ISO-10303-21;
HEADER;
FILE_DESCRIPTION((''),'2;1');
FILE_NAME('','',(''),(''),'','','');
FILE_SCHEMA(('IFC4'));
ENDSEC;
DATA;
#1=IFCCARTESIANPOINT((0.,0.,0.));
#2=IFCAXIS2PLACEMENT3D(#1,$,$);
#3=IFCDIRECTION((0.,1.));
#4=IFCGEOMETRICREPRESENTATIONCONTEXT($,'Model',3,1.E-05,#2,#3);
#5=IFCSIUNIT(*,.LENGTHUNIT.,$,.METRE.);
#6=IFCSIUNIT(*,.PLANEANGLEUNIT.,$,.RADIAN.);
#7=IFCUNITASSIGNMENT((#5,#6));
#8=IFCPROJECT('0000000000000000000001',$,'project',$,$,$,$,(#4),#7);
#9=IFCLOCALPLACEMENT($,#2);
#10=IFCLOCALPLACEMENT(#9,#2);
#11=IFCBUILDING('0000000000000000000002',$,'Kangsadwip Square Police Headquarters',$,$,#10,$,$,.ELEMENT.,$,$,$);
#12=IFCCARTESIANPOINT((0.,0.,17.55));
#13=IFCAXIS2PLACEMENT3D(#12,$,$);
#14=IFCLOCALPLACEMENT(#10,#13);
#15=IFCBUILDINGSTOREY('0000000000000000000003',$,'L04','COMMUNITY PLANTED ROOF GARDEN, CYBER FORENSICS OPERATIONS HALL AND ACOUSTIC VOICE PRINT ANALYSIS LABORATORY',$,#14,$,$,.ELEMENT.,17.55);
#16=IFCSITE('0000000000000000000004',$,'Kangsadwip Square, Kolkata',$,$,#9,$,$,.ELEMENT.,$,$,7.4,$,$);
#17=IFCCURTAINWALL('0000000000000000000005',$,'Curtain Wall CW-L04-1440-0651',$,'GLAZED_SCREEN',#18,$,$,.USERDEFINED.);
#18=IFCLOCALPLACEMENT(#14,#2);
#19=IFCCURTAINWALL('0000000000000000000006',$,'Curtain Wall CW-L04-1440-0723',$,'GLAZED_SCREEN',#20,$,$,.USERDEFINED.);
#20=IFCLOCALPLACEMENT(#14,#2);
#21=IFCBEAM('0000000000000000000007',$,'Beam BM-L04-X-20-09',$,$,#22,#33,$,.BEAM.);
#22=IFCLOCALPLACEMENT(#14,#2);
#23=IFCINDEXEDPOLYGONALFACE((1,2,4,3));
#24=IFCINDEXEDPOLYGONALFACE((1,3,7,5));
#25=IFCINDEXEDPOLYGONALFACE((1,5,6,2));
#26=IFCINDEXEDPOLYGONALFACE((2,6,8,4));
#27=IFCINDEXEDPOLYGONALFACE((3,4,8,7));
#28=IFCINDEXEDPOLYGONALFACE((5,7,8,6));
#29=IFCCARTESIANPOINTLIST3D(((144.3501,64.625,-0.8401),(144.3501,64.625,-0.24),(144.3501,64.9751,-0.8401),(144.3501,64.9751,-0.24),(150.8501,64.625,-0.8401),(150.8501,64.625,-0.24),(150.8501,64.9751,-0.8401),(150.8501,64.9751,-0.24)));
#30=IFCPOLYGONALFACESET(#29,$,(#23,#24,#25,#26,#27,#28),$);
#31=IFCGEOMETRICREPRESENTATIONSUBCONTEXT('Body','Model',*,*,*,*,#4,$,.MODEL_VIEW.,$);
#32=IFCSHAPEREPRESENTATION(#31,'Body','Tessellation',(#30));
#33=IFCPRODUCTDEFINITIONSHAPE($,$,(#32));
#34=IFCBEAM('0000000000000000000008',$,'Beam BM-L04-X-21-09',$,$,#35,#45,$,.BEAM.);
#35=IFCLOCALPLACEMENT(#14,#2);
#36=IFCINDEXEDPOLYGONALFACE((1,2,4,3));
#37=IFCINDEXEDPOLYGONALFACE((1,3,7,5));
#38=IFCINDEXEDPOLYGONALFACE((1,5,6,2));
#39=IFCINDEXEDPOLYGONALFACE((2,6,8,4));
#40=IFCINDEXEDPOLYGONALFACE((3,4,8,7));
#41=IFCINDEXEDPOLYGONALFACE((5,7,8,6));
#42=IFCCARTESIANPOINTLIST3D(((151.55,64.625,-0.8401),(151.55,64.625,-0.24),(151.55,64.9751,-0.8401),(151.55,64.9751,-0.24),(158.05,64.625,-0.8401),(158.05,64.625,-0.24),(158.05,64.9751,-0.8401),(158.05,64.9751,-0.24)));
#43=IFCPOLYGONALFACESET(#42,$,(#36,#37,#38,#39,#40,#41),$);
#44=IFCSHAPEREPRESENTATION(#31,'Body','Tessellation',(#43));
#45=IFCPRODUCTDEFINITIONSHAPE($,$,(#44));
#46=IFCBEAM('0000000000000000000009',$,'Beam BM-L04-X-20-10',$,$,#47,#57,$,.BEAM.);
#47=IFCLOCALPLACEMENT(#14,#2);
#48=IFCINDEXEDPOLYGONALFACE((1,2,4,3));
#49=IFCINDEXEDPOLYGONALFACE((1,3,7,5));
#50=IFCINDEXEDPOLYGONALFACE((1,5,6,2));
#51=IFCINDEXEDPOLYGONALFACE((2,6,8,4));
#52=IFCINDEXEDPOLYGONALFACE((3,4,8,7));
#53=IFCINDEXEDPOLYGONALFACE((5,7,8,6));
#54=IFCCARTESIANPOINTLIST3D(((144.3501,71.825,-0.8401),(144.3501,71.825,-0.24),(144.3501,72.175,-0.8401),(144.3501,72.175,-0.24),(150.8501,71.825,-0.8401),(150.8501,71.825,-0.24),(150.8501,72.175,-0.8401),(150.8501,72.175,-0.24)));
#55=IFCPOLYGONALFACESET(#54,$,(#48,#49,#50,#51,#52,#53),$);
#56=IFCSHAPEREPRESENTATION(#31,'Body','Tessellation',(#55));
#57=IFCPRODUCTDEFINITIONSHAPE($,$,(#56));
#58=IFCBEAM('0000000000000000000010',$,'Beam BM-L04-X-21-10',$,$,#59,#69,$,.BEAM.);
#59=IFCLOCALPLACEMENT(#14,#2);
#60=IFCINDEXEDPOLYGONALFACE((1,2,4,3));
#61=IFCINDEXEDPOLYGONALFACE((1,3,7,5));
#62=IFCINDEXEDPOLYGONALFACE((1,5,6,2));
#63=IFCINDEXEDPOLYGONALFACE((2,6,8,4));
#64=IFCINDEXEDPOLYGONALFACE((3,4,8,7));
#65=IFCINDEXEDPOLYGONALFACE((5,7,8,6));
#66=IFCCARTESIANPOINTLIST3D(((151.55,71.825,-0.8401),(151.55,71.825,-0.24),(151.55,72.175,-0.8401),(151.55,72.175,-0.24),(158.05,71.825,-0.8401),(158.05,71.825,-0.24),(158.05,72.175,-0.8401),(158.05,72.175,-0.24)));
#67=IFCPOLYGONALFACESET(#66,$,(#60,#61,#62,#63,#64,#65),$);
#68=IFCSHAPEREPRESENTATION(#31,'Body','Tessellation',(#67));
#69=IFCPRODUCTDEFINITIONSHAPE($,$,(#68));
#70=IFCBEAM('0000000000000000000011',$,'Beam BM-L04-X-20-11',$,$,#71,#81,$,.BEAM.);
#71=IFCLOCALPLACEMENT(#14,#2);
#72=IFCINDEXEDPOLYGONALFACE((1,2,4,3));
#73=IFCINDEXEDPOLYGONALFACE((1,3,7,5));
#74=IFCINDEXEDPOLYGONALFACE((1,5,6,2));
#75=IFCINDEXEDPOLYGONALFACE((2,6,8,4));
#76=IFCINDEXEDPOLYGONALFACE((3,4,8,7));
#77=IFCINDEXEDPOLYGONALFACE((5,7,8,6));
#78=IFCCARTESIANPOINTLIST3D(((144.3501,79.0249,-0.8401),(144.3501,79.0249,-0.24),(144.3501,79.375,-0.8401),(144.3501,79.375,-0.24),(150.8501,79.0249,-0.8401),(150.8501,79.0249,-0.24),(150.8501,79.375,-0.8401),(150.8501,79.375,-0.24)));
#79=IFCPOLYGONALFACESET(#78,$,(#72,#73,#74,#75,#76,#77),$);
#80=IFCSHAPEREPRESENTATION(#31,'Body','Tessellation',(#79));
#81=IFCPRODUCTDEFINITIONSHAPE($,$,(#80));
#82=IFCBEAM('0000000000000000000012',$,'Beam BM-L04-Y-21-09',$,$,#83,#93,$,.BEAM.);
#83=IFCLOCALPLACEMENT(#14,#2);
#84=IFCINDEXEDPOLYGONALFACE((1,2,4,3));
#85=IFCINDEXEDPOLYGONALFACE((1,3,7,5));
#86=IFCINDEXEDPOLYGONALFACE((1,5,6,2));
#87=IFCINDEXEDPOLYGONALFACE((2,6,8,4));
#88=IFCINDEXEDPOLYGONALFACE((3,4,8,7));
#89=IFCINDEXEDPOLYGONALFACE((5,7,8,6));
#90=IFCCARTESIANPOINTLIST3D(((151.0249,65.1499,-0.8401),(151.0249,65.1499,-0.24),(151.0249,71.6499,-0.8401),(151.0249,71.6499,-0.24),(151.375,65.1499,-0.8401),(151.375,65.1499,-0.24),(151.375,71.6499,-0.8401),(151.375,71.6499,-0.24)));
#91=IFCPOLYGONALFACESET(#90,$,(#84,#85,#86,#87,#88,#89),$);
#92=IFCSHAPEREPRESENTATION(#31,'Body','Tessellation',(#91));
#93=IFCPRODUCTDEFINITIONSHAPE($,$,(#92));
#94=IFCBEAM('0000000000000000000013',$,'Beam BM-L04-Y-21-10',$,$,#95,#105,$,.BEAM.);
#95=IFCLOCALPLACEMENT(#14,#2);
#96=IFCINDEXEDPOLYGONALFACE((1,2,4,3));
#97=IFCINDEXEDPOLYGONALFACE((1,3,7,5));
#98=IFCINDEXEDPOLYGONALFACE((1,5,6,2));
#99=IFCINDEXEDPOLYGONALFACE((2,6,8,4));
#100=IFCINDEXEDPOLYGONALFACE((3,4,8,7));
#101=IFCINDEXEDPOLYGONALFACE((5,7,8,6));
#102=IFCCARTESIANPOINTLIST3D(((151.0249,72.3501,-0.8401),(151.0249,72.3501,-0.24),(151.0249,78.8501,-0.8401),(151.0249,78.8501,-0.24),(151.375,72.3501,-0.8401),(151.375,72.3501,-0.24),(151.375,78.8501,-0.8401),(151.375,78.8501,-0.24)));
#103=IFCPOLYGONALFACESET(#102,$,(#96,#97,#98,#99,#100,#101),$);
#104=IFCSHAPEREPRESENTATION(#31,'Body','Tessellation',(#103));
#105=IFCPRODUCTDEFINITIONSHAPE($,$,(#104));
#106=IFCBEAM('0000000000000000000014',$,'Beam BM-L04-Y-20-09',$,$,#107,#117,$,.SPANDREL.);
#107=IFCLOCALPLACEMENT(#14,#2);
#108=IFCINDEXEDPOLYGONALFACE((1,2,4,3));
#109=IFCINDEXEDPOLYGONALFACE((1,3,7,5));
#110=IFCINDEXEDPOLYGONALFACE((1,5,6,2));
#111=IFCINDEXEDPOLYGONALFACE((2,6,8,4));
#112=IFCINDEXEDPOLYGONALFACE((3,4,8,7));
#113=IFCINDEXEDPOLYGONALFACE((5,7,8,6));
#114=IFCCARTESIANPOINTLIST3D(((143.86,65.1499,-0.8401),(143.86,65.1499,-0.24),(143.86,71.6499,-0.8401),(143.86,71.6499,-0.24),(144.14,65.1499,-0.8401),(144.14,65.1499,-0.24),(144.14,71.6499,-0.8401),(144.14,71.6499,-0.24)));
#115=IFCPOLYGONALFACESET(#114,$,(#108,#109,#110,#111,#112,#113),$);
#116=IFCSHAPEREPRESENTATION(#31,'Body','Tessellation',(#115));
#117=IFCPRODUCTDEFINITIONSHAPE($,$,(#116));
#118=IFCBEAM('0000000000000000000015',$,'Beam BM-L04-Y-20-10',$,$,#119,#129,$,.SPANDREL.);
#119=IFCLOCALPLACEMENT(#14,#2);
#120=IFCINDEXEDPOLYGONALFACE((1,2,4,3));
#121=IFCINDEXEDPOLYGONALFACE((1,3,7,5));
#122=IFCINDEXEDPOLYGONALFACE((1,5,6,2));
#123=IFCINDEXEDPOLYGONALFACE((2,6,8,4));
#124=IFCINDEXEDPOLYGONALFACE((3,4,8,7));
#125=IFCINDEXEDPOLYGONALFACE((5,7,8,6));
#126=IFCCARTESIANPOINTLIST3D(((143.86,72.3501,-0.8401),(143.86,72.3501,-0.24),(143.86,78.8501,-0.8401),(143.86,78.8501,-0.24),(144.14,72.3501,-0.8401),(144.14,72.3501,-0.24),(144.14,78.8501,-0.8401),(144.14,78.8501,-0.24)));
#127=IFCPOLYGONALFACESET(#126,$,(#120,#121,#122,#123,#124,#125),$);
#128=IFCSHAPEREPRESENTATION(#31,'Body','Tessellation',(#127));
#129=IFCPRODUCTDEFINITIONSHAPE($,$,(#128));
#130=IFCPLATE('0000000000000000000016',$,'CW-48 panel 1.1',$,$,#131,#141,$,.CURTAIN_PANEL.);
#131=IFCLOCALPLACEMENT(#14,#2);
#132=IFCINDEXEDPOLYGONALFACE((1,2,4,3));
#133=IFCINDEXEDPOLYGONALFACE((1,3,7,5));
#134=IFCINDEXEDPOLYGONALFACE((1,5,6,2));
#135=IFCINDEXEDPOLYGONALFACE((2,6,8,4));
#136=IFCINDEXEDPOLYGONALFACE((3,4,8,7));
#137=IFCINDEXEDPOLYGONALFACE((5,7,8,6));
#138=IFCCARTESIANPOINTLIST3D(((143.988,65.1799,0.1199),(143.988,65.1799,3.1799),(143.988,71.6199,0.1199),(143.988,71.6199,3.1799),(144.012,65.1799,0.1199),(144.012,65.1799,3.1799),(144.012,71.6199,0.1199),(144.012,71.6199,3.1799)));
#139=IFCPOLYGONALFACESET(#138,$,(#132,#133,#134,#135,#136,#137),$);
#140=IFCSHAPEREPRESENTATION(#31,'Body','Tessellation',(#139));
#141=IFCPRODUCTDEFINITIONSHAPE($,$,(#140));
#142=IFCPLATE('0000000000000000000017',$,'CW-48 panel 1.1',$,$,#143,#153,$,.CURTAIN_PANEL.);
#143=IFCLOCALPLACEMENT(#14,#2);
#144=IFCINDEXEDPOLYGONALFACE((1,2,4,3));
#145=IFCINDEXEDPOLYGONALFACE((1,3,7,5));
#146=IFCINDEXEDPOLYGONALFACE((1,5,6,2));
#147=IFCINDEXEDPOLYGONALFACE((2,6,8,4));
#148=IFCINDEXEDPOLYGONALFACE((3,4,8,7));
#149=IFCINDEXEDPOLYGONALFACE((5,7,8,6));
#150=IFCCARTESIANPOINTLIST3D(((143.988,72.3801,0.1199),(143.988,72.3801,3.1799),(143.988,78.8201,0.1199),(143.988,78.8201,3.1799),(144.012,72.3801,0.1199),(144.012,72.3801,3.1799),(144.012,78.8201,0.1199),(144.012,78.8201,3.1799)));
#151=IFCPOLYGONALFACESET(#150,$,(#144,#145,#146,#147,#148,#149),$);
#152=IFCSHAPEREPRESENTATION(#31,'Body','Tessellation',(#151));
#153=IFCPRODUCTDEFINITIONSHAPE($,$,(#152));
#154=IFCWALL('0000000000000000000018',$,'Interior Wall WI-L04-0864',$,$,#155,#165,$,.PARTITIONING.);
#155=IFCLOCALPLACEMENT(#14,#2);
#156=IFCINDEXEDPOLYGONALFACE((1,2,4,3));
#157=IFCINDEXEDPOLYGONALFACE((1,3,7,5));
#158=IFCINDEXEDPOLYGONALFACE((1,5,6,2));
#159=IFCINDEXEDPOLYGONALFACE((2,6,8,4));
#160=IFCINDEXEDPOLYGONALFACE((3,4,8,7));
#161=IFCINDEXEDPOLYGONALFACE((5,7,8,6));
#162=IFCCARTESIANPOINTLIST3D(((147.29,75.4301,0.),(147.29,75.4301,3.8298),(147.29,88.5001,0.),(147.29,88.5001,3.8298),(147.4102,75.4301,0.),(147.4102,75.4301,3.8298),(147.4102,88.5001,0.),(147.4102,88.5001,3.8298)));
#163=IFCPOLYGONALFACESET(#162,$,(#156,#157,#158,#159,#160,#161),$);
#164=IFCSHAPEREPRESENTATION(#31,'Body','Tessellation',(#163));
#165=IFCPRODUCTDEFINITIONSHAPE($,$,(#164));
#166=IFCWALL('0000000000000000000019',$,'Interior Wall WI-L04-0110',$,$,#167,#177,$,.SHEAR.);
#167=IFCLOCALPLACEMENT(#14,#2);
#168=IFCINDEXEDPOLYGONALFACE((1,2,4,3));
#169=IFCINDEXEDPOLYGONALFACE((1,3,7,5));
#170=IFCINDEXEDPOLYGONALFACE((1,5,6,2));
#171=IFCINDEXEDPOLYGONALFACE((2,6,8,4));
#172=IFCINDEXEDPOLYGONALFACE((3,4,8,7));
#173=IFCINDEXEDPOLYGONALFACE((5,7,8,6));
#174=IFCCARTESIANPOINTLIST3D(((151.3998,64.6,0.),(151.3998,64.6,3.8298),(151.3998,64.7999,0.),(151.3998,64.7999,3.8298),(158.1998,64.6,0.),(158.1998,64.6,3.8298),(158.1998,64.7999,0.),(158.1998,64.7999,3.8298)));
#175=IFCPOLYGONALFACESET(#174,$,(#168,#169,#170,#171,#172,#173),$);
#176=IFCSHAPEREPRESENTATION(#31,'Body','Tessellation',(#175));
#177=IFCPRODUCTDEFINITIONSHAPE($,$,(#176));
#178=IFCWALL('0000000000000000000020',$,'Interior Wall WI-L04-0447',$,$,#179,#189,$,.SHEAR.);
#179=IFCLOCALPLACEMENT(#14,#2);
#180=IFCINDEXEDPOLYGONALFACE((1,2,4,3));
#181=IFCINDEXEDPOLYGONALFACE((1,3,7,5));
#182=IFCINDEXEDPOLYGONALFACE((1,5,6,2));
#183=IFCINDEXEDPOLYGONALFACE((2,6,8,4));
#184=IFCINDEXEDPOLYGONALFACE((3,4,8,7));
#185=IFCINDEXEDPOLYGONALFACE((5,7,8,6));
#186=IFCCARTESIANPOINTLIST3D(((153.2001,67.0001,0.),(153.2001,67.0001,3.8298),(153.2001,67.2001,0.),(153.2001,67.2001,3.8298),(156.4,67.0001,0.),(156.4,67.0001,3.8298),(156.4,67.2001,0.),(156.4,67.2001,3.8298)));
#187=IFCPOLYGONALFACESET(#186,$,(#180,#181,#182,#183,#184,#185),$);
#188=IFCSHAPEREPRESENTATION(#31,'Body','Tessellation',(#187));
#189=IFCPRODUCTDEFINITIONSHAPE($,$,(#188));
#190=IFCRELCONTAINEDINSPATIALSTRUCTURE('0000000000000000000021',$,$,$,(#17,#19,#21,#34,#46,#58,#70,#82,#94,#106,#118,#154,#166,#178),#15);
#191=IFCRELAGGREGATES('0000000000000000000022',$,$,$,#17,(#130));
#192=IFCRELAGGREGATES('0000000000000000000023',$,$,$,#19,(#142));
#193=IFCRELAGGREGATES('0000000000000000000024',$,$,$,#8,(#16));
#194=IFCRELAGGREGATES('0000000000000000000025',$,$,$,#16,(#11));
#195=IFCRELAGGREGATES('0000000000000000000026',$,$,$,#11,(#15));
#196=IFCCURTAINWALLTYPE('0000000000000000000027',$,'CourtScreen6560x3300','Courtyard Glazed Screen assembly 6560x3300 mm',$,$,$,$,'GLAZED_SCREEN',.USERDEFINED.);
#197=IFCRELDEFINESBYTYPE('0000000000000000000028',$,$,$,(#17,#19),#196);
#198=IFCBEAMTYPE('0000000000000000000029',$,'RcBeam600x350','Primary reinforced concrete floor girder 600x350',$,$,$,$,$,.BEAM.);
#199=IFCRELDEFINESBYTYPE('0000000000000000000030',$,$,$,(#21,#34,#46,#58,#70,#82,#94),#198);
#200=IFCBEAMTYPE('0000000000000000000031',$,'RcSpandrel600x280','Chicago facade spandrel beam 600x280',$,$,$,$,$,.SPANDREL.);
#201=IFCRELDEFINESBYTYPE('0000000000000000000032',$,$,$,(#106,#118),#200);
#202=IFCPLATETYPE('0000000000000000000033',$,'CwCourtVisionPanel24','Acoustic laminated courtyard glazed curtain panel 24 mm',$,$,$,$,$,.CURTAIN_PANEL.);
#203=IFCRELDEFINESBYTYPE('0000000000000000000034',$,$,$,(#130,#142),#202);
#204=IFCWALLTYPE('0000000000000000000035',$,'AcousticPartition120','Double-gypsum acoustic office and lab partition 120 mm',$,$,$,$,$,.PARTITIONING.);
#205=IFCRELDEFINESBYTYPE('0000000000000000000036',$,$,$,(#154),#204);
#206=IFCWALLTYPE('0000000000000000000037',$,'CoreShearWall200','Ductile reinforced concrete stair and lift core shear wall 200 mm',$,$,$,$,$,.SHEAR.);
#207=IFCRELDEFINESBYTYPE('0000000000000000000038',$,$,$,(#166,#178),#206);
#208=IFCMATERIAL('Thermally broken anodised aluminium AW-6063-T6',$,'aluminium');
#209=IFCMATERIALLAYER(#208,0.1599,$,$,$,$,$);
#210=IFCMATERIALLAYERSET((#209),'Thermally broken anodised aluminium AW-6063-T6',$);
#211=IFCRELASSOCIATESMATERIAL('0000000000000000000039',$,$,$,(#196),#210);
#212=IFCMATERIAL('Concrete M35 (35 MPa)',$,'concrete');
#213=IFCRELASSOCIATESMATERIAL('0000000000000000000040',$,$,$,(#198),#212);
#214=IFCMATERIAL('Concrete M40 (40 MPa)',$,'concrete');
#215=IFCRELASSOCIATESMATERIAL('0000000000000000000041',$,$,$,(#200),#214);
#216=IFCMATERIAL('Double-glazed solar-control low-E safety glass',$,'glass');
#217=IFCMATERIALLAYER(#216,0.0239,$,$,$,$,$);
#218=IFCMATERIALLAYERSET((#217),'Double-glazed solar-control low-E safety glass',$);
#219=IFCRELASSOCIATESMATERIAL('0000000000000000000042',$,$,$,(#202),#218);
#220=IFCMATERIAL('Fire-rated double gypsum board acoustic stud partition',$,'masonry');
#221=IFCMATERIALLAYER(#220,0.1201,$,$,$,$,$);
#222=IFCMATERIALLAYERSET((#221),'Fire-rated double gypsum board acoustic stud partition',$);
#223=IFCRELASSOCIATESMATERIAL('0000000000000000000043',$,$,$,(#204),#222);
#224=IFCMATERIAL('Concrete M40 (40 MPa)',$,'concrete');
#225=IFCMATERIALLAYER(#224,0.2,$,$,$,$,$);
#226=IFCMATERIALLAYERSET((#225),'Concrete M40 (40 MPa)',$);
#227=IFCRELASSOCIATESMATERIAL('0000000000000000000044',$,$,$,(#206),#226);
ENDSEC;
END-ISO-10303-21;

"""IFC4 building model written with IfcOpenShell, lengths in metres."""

from ifc_helpers import new_model, si_unit, direction, frame, frame_2d, origin, origin_2d, place, context, subcontext, project, spatial, rectangle, extrude, material, layer, layer_set, material_profile, profile_set, type_object, element, aggregate, save


model = new_model("IFC4")

# Units and contexts
model_context = context("Model", 3, precision=1e-05, world=origin(), true_north=direction((0.0, 1.0)))
body_context = subcontext(model_context, "Body", "Model", "MODEL_VIEW")
ifc_project = project(units=[si_unit("LENGTHUNIT", "METRE"), si_unit("PLANEANGLEUNIT", "RADIAN")], contexts=[model_context])

# Site, building, storey
site_placement = place(None, origin())
site = spatial("IfcSite", under=ifc_project, at=site_placement, Name="Kangsadwip Square, Kolkata", CompositionType="ELEMENT", RefElevation=7.4)
building_placement = place(site_placement, origin())
building = spatial("IfcBuilding", under=site, at=building_placement, Name="Kangsadwip Square Police Headquarters", CompositionType="ELEMENT")
storey_placement = place(building_placement, frame((0.0, 0.0, 17.55)))
storey = spatial("IfcBuildingStorey", under=building, at=storey_placement, Name="L04", Description="COMMUNITY PLANTED ROOF GARDEN, CYBER FORENSICS OPERATIONS HALL AND ACOUSTIC VOICE PRINT ANALYSIS LABORATORY", CompositionType="ELEMENT", Elevation=17.55)

# Curtain walls
ifc_material_1 = material(Name="Thermally broken anodised aluminium AW-6063-T6", Category="aluminium")
ifc_layer_1 = layer(ifc_material_1, 0.1599)
ifc_layer_set_1 = layer_set([ifc_layer_1], Name="Thermally broken anodised aluminium AW-6063-T6")
curtain_wall_type = type_object("IfcCurtainWallType", Name="CourtScreen6560x3300", Description="Courtyard Glazed Screen assembly 6560x3300 mm", ElementType="GLAZED_SCREEN", PredefinedType="USERDEFINED", material=ifc_layer_set_1)
curtain_wall_1_placement = place(storey_placement, origin())
curtain_wall_1 = element("IfcCurtainWall", 1, at=curtain_wall_1_placement, inside=storey, type_object=curtain_wall_type, Name="Curtain Wall CW-L04-1440-0651", ObjectType="GLAZED_SCREEN", PredefinedType="USERDEFINED")
curtain_wall_2_placement = place(storey_placement, origin())
curtain_wall_2 = element("IfcCurtainWall", 2, at=curtain_wall_2_placement, inside=storey, type_object=curtain_wall_type, Name="Curtain Wall CW-L04-1440-0723", ObjectType="GLAZED_SCREEN", PredefinedType="USERDEFINED")

# Beams
ifc_material_2 = material(Name="Concrete M35 (35 MPa)", Category="concrete")
ifc_material_profile_1 = material_profile(ifc_material_2, rectangle(XDim=0.3501, YDim=0.6001, at=origin_2d()), Name="RC BM 600X350")
ifc_profile_set_1 = profile_set([ifc_material_profile_1], Name="Concrete M35 (35 MPa)")
beam_type_1 = type_object("IfcBeamType", Name="RcBeam600x350", Description="Primary reinforced concrete floor girder 600x350", PredefinedType="BEAM", material=ifc_profile_set_1)
for number, where, z_axis, x_axis, name in (
    (3, (144.3501, 64.8, -0.54), (1.0, 0.0, 0.0), (0.0, 1.0, 0.0), "Beam BM-L04-X-20-09"),
    (4, (151.55, 64.8, -0.54), (1.0, 0.0, 0.0), (0.0, 1.0, 0.0), "Beam BM-L04-X-21-09"),
    (5, (144.3501, 72.0, -0.54), (1.0, 0.0, 0.0), (0.0, 1.0, 0.0), "Beam BM-L04-X-20-10"),
    (6, (151.55, 72.0, -0.54), (1.0, 0.0, 0.0), (0.0, 1.0, 0.0), "Beam BM-L04-X-21-10"),
    (7, (144.3501, 79.2, -0.54), (1.0, 0.0, 0.0), (0.0, 1.0, 0.0), "Beam BM-L04-X-20-11"),
    (8, (151.2, 65.1499, -0.54), (0.0, 1.0, 0.0), (-1.0, 0.0, 0.0), "Beam BM-L04-Y-21-09"),
    (9, (151.2, 72.3501, -0.54), (0.0, 1.0, 0.0), (-1.0, 0.0, 0.0), "Beam BM-L04-Y-21-10"),
):
    element("IfcBeam", number, at=place(storey_placement, frame(where, z_axis=z_axis, x_axis=x_axis)), inside=storey, type_object=beam_type_1, Name=name, PredefinedType="BEAM", context=body_context, shape_type="SweptSolid", body=[
        extrude(rectangle(XDim=0.3501, YDim=0.6001, at=origin_2d()), origin(), (0.0, 0.0, 1.0), 6.5),
    ])
ifc_material_3 = material(Name="Concrete M40 (40 MPa)", Category="concrete")
ifc_material_profile_2 = material_profile(ifc_material_3, rectangle(XDim=0.28, YDim=0.6001, at=origin_2d()), Name="RC SPN 600X280")
ifc_profile_set_2 = profile_set([ifc_material_profile_2], Name="Concrete M40 (40 MPa)")
beam_type_2 = type_object("IfcBeamType", Name="RcSpandrel600x280", Description="Chicago facade spandrel beam 600x280", PredefinedType="SPANDREL", material=ifc_profile_set_2)
for number, where, z_axis, x_axis, name in (
    (10, (144.0, 65.1499, -0.54), (0.0, 1.0, 0.0), (-1.0, 0.0, 0.0), "Beam BM-L04-Y-20-09"),
    (11, (144.0, 72.3501, -0.54), (0.0, 1.0, 0.0), (-1.0, 0.0, 0.0), "Beam BM-L04-Y-20-10"),
):
    element("IfcBeam", number, at=place(storey_placement, frame(where, z_axis=z_axis, x_axis=x_axis)), inside=storey, type_object=beam_type_2, Name=name, PredefinedType="SPANDREL", context=body_context, shape_type="SweptSolid", body=[
        extrude(rectangle(XDim=0.28, YDim=0.6001, at=origin_2d()), origin(), (0.0, 0.0, 1.0), 6.5),
    ])

# Plates
ifc_material_4 = material(Name="Double-glazed solar-control low-E safety glass", Category="glass")
ifc_layer_2 = layer(ifc_material_4, 0.0239)
ifc_layer_set_2 = layer_set([ifc_layer_2], Name="Double-glazed solar-control low-E safety glass")
plate_type = type_object("IfcPlateType", Name="CwCourtVisionPanel24", Description="Acoustic laminated courtyard glazed curtain panel 24 mm", PredefinedType="CURTAIN_PANEL", material=ifc_layer_set_2)
plate_1_placement = place(storey_placement, frame((144.0, 68.3999, 0.1199), z_axis=(0.0, 0.0, 1.0), x_axis=(0.0, 1.0, 0.0)))
plate_1 = element("IfcPlate", 12, at=plate_1_placement, type_object=plate_type, Name="CW-48 panel 1.1", PredefinedType="CURTAIN_PANEL", context=body_context, shape_type="SweptSolid", body=[
    extrude(rectangle(XDim=6.4399, YDim=0.0239, at=origin_2d()), origin(), (0.0, 0.0, 1.0), 3.0601),
])
aggregate(curtain_wall_1, [plate_1])
plate_2_placement = place(storey_placement, frame((144.0, 75.6001, 0.1199), z_axis=(0.0, 0.0, 1.0), x_axis=(0.0, 1.0, 0.0)))
plate_2 = element("IfcPlate", 13, at=plate_2_placement, type_object=plate_type, Name="CW-48 panel 1.1", PredefinedType="CURTAIN_PANEL", context=body_context, shape_type="SweptSolid", body=[
    extrude(rectangle(XDim=6.4399, YDim=0.0239, at=origin_2d()), origin(), (0.0, 0.0, 1.0), 3.0601),
])
aggregate(curtain_wall_2, [plate_2])

# Walls
ifc_material_5 = material(Name="Fire-rated double gypsum board acoustic stud partition", Category="masonry")
ifc_layer_3 = layer(ifc_material_5, 0.1201)
ifc_layer_set_3 = layer_set([ifc_layer_3], Name="Fire-rated double gypsum board acoustic stud partition")
wall_type_1 = type_object("IfcWallType", Name="AcousticPartition120", Description="Double-gypsum acoustic office and lab partition 120 mm", PredefinedType="PARTITIONING", material=ifc_layer_set_3)
wall_1_placement = place(storey_placement, frame((147.3501, 75.4299, 0.0), z_axis=(0.0, 0.0, 1.0), x_axis=(0.0, 1.0, 0.0)))
element("IfcWall", 14, at=wall_1_placement, inside=storey, type_object=wall_type_1, Name="Interior Wall WI-L04-0864", PredefinedType="PARTITIONING", context=body_context, shape_type="SweptSolid", body=[
    extrude(rectangle(XDim=13.0701, YDim=0.1201, at=frame_2d((6.5352, 0.0))), origin(), (0.0, 0.0, 1.0), 3.8298),
])
ifc_material_6 = material(Name="Concrete M40 (40 MPa)", Category="concrete")
ifc_layer_4 = layer(ifc_material_6, 0.2)
ifc_layer_set_4 = layer_set([ifc_layer_4], Name="Concrete M40 (40 MPa)")
wall_type_2 = type_object("IfcWallType", Name="CoreShearWall200", Description="Ductile reinforced concrete stair and lift core shear wall 200 mm", PredefinedType="SHEAR", material=ifc_layer_set_4)
wall_2_placement = place(storey_placement, frame((151.3999, 64.7, 0.0), z_axis=(0.0, 0.0, 1.0), x_axis=(1.0, 0.0, 0.0)))
element("IfcWall", 15, at=wall_2_placement, inside=storey, type_object=wall_type_2, Name="Interior Wall WI-L04-0110", PredefinedType="SHEAR", context=body_context, shape_type="SweptSolid", body=[
    extrude(rectangle(XDim=6.8, YDim=0.2, at=frame_2d((3.3999, 0.0))), origin(), (0.0, 0.0, 1.0), 3.8298),
])
wall_3_placement = place(storey_placement, frame((153.2, 67.1001, 0.0), z_axis=(0.0, 0.0, 1.0), x_axis=(1.0, 0.0, 0.0)))
element("IfcWall", 16, at=wall_3_placement, inside=storey, type_object=wall_type_2, Name="Interior Wall WI-L04-0447", PredefinedType="SHEAR", context=body_context, shape_type="SweptSolid", body=[
    extrude(rectangle(XDim=3.2, YDim=0.2, at=frame_2d((1.6001, 0.0))), origin(), (0.0, 0.0, 1.0), 3.8298),
])

save(model, "model.ifc")
